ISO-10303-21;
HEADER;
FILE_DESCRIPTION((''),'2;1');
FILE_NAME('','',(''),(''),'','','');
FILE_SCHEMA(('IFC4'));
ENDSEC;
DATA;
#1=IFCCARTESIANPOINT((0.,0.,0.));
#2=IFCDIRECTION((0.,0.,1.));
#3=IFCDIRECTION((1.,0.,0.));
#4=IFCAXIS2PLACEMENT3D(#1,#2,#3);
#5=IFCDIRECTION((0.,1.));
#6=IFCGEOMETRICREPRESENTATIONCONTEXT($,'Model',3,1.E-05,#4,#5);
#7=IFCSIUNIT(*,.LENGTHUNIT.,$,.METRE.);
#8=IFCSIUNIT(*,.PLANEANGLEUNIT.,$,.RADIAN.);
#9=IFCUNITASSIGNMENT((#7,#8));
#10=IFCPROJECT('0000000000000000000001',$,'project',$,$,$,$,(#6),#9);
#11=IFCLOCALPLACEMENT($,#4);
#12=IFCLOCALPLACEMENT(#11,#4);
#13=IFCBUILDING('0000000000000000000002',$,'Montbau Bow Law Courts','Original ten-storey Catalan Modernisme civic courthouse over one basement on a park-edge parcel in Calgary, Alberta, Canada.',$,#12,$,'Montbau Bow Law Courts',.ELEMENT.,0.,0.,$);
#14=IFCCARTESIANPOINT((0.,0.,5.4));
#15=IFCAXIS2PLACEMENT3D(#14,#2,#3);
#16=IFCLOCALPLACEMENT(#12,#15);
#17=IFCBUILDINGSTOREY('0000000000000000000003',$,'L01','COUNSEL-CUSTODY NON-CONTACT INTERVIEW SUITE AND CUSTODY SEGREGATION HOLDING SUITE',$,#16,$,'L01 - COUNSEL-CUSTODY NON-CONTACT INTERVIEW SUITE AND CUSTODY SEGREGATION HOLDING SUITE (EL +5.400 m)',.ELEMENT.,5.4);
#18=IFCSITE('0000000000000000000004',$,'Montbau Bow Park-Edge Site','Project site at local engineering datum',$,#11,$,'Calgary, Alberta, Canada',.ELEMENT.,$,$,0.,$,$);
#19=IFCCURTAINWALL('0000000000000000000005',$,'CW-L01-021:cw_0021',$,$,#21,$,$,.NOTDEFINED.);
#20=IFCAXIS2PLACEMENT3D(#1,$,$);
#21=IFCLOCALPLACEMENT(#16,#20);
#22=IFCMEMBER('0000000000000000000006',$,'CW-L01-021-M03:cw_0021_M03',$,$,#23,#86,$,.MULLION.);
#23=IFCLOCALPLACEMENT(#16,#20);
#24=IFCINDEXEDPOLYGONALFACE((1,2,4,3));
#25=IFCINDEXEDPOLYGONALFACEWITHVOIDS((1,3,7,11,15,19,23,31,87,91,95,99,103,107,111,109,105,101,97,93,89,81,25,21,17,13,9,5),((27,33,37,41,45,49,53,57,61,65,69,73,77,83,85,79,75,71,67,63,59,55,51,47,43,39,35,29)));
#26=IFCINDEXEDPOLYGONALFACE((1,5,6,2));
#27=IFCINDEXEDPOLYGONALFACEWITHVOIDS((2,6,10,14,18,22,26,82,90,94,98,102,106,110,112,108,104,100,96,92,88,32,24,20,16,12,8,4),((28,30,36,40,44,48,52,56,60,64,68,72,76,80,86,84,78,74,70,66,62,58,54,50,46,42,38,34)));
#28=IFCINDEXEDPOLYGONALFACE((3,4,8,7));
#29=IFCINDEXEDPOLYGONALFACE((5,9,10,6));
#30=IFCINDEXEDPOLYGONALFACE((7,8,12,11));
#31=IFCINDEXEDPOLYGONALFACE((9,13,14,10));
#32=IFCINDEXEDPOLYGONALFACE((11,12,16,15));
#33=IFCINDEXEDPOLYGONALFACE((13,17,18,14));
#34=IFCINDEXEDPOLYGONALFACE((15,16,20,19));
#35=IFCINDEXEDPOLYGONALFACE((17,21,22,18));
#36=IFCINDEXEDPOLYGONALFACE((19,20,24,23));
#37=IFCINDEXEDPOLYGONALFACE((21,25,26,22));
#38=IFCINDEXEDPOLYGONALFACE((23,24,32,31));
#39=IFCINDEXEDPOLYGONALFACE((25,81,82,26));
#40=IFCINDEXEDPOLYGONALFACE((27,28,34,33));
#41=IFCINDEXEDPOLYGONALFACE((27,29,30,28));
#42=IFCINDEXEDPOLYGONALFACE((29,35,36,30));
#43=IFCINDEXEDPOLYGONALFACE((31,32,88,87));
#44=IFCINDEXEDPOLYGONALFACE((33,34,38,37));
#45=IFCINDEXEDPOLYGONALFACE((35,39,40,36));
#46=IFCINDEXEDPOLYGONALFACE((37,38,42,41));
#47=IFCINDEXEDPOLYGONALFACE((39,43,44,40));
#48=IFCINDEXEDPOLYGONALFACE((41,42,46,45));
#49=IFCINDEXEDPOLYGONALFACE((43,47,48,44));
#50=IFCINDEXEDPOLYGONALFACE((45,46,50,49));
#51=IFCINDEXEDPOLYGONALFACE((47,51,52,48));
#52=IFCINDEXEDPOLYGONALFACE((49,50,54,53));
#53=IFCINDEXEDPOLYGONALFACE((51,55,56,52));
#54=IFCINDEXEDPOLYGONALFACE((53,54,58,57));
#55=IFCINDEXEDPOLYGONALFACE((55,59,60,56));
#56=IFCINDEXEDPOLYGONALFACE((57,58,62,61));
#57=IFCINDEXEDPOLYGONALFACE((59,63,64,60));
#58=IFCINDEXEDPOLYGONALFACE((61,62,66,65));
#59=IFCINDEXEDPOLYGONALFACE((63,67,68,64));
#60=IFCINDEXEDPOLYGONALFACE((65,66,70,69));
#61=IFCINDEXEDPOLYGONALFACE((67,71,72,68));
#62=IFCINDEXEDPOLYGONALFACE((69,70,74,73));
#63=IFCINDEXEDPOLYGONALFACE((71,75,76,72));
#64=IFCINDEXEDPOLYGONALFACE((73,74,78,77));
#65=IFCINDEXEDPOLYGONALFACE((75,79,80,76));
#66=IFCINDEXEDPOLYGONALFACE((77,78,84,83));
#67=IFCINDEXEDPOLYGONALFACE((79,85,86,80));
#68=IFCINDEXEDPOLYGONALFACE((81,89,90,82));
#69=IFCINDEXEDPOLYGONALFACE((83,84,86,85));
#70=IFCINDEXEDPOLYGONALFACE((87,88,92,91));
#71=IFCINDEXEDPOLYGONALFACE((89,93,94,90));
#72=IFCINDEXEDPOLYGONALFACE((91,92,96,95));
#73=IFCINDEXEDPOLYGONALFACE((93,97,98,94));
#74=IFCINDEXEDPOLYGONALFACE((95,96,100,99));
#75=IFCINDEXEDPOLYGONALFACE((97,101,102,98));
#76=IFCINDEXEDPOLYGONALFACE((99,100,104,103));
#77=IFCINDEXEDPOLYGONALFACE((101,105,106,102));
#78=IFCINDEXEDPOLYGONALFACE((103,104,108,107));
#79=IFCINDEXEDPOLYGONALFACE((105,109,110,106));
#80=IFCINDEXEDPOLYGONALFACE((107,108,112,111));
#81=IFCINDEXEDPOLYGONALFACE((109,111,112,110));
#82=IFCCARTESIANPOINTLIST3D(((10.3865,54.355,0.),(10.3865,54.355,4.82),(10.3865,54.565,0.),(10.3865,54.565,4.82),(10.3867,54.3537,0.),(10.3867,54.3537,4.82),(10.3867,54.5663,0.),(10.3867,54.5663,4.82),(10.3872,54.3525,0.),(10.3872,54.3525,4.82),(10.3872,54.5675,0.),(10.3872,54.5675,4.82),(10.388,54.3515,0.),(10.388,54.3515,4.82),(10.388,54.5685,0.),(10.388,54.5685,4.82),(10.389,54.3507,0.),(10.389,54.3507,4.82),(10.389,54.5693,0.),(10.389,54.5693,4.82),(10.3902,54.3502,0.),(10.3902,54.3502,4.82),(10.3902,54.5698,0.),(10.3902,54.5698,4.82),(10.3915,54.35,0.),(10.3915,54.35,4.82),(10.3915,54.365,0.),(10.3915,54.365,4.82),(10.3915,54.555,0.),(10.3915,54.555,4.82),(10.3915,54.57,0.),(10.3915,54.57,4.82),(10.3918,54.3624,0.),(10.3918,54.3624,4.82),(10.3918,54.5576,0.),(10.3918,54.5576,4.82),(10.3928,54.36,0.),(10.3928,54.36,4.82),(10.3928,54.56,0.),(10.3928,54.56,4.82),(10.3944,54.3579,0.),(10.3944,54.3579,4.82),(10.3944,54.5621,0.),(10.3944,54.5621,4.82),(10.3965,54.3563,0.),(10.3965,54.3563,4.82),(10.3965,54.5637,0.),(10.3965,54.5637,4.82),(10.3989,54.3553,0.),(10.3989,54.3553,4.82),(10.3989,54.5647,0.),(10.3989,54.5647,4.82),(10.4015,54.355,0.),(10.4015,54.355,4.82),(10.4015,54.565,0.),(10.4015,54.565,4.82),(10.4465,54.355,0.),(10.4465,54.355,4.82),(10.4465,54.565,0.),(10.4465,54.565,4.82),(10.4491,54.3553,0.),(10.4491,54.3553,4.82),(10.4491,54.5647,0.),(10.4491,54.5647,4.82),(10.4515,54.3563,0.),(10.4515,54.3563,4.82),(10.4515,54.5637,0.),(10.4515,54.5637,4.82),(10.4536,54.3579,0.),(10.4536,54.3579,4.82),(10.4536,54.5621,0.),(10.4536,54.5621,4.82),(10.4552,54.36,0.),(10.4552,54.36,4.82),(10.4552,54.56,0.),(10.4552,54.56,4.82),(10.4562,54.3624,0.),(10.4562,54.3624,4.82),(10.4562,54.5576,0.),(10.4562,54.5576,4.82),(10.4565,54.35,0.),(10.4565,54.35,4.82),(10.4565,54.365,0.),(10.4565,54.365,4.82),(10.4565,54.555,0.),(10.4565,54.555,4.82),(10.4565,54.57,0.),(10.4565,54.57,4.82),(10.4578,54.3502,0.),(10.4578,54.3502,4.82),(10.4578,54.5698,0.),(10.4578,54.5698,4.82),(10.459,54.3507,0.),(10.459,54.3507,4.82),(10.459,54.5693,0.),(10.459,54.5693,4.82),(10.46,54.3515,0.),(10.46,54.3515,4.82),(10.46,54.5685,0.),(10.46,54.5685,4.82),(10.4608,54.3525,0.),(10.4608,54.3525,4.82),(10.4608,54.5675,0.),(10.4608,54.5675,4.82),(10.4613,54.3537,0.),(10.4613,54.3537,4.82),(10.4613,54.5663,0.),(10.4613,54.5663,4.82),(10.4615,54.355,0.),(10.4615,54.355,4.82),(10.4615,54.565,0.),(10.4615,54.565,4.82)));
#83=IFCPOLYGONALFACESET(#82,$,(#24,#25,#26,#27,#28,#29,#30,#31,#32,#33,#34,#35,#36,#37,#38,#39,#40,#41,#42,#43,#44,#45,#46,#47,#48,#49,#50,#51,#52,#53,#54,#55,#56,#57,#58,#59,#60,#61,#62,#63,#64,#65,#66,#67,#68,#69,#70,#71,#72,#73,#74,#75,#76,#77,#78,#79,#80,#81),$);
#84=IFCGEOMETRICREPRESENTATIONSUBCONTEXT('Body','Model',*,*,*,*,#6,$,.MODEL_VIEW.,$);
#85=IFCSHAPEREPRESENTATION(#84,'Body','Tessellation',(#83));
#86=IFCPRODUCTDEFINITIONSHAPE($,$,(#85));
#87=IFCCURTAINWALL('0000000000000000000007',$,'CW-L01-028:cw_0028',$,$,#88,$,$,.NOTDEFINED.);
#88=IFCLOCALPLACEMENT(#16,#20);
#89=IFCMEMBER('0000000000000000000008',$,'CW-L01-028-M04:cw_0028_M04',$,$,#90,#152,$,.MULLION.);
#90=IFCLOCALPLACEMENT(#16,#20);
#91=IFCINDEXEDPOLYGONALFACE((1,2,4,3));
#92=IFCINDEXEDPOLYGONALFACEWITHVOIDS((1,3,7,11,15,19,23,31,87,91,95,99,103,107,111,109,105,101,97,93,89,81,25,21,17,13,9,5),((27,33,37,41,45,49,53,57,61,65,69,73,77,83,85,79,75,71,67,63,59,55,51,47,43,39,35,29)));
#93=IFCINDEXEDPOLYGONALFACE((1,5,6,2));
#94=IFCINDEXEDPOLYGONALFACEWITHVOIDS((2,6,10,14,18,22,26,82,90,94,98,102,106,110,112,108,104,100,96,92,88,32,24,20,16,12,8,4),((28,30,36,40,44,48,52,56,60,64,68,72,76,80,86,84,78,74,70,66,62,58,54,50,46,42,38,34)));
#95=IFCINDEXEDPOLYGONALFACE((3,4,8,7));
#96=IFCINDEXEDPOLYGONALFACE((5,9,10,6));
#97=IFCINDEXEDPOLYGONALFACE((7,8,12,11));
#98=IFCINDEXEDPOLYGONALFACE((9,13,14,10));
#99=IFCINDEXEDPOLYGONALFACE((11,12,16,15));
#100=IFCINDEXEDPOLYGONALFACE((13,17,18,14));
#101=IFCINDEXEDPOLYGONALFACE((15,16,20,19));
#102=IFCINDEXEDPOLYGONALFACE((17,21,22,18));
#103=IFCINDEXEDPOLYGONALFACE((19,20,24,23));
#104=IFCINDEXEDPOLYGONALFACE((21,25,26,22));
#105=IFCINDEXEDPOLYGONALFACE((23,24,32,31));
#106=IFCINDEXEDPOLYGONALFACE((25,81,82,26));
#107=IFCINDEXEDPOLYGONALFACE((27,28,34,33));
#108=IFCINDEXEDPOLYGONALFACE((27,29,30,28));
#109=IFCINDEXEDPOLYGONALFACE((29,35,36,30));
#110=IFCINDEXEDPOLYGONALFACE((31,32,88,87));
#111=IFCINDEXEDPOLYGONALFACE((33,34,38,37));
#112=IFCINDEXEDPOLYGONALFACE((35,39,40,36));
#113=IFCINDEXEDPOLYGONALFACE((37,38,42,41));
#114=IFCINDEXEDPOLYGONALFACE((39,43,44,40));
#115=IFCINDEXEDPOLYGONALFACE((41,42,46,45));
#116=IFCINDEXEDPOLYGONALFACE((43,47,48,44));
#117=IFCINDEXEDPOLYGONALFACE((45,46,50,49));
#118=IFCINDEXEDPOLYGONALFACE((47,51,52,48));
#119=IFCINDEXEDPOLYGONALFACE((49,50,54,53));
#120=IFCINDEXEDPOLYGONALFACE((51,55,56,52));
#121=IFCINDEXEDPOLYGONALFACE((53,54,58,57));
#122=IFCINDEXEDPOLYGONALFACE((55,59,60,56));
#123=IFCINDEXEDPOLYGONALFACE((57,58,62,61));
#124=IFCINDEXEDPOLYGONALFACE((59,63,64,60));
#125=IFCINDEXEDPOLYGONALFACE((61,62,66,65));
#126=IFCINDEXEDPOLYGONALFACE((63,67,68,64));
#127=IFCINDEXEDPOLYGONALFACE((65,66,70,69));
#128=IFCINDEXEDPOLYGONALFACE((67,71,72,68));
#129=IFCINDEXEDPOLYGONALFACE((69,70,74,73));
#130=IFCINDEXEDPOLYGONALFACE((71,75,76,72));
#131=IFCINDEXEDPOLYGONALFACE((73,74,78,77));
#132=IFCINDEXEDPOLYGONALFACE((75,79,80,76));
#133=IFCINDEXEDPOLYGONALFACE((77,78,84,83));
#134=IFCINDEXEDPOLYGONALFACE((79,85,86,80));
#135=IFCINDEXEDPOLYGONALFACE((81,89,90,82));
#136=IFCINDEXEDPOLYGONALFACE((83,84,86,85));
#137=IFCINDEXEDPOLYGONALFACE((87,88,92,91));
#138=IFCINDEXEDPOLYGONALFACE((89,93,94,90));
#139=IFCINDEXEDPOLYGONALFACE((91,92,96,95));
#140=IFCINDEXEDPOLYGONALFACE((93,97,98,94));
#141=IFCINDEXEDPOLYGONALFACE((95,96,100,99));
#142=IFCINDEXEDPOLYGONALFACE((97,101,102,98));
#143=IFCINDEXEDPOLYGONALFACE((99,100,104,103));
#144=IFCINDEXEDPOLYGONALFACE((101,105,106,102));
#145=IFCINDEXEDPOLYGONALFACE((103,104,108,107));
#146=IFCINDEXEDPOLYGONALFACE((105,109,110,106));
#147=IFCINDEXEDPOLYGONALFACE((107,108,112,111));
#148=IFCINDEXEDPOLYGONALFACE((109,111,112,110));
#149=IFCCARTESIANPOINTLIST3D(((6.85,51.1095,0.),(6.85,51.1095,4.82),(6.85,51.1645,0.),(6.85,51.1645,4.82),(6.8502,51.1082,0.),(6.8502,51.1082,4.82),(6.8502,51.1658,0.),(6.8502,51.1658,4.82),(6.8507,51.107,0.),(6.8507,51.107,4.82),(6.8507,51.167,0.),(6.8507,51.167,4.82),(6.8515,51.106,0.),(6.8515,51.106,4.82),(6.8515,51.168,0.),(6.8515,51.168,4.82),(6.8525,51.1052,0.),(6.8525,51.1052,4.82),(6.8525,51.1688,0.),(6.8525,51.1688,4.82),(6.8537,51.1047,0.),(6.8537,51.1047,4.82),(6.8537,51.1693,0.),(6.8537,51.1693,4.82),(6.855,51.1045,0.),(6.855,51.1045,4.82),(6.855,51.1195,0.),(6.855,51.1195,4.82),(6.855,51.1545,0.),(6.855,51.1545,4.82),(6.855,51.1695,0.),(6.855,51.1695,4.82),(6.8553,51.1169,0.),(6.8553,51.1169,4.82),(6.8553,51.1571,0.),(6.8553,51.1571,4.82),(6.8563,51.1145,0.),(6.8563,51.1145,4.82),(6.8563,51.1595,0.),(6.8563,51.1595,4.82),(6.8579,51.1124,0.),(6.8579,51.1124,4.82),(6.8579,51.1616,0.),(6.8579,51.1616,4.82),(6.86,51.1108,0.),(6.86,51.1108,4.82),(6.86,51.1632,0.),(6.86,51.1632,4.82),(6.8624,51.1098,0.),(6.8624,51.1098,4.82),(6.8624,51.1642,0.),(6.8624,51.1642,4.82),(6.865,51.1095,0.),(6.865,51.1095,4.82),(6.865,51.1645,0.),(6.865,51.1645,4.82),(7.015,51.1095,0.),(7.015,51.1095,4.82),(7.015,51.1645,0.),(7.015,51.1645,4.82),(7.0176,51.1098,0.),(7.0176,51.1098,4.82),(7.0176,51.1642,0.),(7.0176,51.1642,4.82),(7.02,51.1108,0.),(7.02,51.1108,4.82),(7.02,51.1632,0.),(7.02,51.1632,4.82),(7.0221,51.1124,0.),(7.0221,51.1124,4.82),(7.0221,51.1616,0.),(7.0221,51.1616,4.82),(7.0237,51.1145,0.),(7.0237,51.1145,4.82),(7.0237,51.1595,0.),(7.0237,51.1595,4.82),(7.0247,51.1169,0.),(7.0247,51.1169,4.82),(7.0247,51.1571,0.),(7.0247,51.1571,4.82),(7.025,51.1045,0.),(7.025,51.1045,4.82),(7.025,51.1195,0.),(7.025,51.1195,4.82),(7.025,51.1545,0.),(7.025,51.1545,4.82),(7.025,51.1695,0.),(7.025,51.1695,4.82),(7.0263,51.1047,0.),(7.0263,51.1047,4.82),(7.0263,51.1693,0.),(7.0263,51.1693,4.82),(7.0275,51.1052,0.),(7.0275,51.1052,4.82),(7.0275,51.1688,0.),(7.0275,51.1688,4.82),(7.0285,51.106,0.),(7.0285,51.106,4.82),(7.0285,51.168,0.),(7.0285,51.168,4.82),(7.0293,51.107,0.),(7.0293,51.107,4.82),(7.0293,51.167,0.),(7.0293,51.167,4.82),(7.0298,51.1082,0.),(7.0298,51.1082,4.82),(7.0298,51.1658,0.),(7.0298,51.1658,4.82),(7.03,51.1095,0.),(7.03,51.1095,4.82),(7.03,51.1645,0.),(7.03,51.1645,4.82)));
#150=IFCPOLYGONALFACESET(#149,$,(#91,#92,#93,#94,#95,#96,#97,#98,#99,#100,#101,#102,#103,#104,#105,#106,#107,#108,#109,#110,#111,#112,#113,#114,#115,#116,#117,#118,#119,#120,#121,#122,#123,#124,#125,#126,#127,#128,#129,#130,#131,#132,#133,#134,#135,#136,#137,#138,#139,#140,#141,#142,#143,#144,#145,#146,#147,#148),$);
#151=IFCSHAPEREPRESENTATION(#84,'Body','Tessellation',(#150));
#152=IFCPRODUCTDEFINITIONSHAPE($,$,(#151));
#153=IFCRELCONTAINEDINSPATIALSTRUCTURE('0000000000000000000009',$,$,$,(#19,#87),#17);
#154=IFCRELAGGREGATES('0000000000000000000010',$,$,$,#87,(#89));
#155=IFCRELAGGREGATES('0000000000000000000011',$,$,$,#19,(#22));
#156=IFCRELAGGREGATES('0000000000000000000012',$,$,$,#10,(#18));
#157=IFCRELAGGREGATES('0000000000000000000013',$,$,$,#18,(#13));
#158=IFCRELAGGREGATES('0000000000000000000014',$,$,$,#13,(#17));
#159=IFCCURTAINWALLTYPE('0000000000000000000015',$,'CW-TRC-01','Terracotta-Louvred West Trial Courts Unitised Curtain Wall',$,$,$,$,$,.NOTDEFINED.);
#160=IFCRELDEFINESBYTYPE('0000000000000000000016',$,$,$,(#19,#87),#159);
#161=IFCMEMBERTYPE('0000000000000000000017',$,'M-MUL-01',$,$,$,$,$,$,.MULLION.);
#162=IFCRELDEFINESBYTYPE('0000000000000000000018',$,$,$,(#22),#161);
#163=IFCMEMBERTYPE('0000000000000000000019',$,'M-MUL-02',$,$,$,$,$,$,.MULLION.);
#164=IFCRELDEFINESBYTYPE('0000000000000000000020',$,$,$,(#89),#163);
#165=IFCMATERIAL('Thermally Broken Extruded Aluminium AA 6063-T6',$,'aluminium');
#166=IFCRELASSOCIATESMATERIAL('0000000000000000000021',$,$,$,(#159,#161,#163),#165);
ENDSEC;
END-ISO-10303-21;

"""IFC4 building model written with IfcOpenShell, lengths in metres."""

from ifc_helpers import new_model, si_unit, direction, frame, origin_with_axes, origin_2d_with_axis, place, context, subcontext, project, spatial, hollow_rectangle, extrude, material, material_profile, profile_set, type_object, element, aggregate, save


model = new_model("IFC4")

# Units and contexts
model_context = context("Model", 3, precision=1e-05, world=origin_with_axes(), true_north=direction((0.0, 1.0)))
body_context = subcontext(model_context, "Body", "Model", "MODEL_VIEW")
ifc_project = project(units=[si_unit("LENGTHUNIT", "METRE"), si_unit("PLANEANGLEUNIT", "RADIAN")], contexts=[model_context])

# Site, building, storey
site_placement = place(None, origin_with_axes())
site = spatial("IfcSite", under=ifc_project, at=site_placement, Name="Montbau Bow Park-Edge Site", Description="Project site at local engineering datum", LongName="Calgary, Alberta, Canada", CompositionType="ELEMENT", RefElevation=0.0)
building_placement = place(site_placement, origin_with_axes())
building = spatial("IfcBuilding", under=site, at=building_placement, Name="Montbau Bow Law Courts", Description="Original ten-storey Catalan Modernisme civic courthouse over one basement on a park-edge parcel in Calgary, Alberta, Canada.", LongName="Montbau Bow Law Courts", CompositionType="ELEMENT", ElevationOfRefHeight=0.0, ElevationOfTerrain=0.0)
storey_placement = place(building_placement, frame((0.0, 0.0, 5.4), z_axis=(0.0, 0.0, 1.0), x_axis=(1.0, 0.0, 0.0)))
storey = spatial("IfcBuildingStorey", under=building, at=storey_placement, Name="L01", Description="COUNSEL-CUSTODY NON-CONTACT INTERVIEW SUITE AND CUSTODY SEGREGATION HOLDING SUITE", LongName="L01 - COUNSEL-CUSTODY NON-CONTACT INTERVIEW SUITE AND CUSTODY SEGREGATION HOLDING SUITE (EL +5.400 m)", CompositionType="ELEMENT", Elevation=5.4)

# Curtain walls, members
ifc_material_1 = material(Name="Thermally Broken Extruded Aluminium AA 6063-T6", Category="aluminium")
curtain_wall_type = type_object("IfcCurtainWallType", Name="CW-TRC-01", Description="Terracotta-Louvred West Trial Courts Unitised Curtain Wall", PredefinedType="NOTDEFINED", material=ifc_material_1)
curtain_wall_1_placement = place(None, frame((7.315, 54.46, 5.4), z_axis=(0.0, 0.0, 1.0), x_axis=(1.0, 0.0, 0.0)))
curtain_wall_1 = element("IfcCurtainWall", 1, at=curtain_wall_1_placement, inside=storey, type_object=curtain_wall_type, Name="CW-L01-021:cw_0021", PredefinedType="NOTDEFINED")
ifc_material_profile_1 = material_profile(ifc_material_1, hollow_rectangle(XDim=0.075, YDim=0.22, WallThickness=0.005, InnerFilletRadius=0.01, OuterFilletRadius=0.005, at=origin_2d_with_axis()), Name="CWM-220X75", Category="Main", Priority=0)
ifc_profile_set_1 = profile_set([ifc_material_profile_1], Name="Thermally Broken Extruded Aluminium AA 6063-T6")
member_type_1 = type_object("IfcMemberType", Name="M-MUL-01", PredefinedType="MULLION", material=ifc_profile_set_1)
member_1_placement = place(None, frame((10.424, 54.46, 5.4), z_axis=(0.0, 0.0, 1.0), x_axis=(1.0, 0.0, 0.0)))
member_1 = element("IfcMember", 2, at=member_1_placement, type_object=member_type_1, Name="CW-L01-021-M03:cw_0021_M03", PredefinedType="MULLION", context=body_context, shape_type="SweptSolid", body=[
    extrude(hollow_rectangle(XDim=0.075, YDim=0.22, WallThickness=0.005, InnerFilletRadius=0.01, OuterFilletRadius=0.005, at=origin_2d_with_axis()), origin_with_axes(), (0.0, 0.0, 1.0), 4.82),
])
curtain_wall_2_placement = place(None, frame((6.94, 46.715, 5.4), z_axis=(0.0, 0.0, 1.0), x_axis=(1.0, 0.0, 0.0)))
curtain_wall_2 = element("IfcCurtainWall", 3, at=curtain_wall_2_placement, inside=storey, type_object=curtain_wall_type, Name="CW-L01-028:cw_0028", PredefinedType="NOTDEFINED")
ifc_material_profile_2 = material_profile(ifc_material_1, hollow_rectangle(XDim=0.065, YDim=0.18, WallThickness=0.005, InnerFilletRadius=0.01, OuterFilletRadius=0.005, at=origin_2d_with_axis()), Name="CWM-180X65", Category="Main", Priority=0)
ifc_profile_set_2 = profile_set([ifc_material_profile_2], Name="Thermally Broken Extruded Aluminium AA 6063-T6")
member_type_2 = type_object("IfcMemberType", Name="M-MUL-02", PredefinedType="MULLION", material=ifc_profile_set_2)
member_2_placement = place(None, frame((6.94, 51.137, 5.4), z_axis=(0.0, 0.0, 1.0), x_axis=(0.0, 1.0, 0.0)))
member_2 = element("IfcMember", 4, at=member_2_placement, type_object=member_type_2, Name="CW-L01-028-M04:cw_0028_M04", PredefinedType="MULLION", context=body_context, shape_type="SweptSolid", body=[
    extrude(hollow_rectangle(XDim=0.065, YDim=0.18, WallThickness=0.005, InnerFilletRadius=0.01, OuterFilletRadius=0.005, at=origin_2d_with_axis()), origin_with_axes(), (0.0, 0.0, 1.0), 4.82),
])
aggregate(curtain_wall_2, [member_2])

aggregate(curtain_wall_1, [member_1])

save(model, "model.ifc")
